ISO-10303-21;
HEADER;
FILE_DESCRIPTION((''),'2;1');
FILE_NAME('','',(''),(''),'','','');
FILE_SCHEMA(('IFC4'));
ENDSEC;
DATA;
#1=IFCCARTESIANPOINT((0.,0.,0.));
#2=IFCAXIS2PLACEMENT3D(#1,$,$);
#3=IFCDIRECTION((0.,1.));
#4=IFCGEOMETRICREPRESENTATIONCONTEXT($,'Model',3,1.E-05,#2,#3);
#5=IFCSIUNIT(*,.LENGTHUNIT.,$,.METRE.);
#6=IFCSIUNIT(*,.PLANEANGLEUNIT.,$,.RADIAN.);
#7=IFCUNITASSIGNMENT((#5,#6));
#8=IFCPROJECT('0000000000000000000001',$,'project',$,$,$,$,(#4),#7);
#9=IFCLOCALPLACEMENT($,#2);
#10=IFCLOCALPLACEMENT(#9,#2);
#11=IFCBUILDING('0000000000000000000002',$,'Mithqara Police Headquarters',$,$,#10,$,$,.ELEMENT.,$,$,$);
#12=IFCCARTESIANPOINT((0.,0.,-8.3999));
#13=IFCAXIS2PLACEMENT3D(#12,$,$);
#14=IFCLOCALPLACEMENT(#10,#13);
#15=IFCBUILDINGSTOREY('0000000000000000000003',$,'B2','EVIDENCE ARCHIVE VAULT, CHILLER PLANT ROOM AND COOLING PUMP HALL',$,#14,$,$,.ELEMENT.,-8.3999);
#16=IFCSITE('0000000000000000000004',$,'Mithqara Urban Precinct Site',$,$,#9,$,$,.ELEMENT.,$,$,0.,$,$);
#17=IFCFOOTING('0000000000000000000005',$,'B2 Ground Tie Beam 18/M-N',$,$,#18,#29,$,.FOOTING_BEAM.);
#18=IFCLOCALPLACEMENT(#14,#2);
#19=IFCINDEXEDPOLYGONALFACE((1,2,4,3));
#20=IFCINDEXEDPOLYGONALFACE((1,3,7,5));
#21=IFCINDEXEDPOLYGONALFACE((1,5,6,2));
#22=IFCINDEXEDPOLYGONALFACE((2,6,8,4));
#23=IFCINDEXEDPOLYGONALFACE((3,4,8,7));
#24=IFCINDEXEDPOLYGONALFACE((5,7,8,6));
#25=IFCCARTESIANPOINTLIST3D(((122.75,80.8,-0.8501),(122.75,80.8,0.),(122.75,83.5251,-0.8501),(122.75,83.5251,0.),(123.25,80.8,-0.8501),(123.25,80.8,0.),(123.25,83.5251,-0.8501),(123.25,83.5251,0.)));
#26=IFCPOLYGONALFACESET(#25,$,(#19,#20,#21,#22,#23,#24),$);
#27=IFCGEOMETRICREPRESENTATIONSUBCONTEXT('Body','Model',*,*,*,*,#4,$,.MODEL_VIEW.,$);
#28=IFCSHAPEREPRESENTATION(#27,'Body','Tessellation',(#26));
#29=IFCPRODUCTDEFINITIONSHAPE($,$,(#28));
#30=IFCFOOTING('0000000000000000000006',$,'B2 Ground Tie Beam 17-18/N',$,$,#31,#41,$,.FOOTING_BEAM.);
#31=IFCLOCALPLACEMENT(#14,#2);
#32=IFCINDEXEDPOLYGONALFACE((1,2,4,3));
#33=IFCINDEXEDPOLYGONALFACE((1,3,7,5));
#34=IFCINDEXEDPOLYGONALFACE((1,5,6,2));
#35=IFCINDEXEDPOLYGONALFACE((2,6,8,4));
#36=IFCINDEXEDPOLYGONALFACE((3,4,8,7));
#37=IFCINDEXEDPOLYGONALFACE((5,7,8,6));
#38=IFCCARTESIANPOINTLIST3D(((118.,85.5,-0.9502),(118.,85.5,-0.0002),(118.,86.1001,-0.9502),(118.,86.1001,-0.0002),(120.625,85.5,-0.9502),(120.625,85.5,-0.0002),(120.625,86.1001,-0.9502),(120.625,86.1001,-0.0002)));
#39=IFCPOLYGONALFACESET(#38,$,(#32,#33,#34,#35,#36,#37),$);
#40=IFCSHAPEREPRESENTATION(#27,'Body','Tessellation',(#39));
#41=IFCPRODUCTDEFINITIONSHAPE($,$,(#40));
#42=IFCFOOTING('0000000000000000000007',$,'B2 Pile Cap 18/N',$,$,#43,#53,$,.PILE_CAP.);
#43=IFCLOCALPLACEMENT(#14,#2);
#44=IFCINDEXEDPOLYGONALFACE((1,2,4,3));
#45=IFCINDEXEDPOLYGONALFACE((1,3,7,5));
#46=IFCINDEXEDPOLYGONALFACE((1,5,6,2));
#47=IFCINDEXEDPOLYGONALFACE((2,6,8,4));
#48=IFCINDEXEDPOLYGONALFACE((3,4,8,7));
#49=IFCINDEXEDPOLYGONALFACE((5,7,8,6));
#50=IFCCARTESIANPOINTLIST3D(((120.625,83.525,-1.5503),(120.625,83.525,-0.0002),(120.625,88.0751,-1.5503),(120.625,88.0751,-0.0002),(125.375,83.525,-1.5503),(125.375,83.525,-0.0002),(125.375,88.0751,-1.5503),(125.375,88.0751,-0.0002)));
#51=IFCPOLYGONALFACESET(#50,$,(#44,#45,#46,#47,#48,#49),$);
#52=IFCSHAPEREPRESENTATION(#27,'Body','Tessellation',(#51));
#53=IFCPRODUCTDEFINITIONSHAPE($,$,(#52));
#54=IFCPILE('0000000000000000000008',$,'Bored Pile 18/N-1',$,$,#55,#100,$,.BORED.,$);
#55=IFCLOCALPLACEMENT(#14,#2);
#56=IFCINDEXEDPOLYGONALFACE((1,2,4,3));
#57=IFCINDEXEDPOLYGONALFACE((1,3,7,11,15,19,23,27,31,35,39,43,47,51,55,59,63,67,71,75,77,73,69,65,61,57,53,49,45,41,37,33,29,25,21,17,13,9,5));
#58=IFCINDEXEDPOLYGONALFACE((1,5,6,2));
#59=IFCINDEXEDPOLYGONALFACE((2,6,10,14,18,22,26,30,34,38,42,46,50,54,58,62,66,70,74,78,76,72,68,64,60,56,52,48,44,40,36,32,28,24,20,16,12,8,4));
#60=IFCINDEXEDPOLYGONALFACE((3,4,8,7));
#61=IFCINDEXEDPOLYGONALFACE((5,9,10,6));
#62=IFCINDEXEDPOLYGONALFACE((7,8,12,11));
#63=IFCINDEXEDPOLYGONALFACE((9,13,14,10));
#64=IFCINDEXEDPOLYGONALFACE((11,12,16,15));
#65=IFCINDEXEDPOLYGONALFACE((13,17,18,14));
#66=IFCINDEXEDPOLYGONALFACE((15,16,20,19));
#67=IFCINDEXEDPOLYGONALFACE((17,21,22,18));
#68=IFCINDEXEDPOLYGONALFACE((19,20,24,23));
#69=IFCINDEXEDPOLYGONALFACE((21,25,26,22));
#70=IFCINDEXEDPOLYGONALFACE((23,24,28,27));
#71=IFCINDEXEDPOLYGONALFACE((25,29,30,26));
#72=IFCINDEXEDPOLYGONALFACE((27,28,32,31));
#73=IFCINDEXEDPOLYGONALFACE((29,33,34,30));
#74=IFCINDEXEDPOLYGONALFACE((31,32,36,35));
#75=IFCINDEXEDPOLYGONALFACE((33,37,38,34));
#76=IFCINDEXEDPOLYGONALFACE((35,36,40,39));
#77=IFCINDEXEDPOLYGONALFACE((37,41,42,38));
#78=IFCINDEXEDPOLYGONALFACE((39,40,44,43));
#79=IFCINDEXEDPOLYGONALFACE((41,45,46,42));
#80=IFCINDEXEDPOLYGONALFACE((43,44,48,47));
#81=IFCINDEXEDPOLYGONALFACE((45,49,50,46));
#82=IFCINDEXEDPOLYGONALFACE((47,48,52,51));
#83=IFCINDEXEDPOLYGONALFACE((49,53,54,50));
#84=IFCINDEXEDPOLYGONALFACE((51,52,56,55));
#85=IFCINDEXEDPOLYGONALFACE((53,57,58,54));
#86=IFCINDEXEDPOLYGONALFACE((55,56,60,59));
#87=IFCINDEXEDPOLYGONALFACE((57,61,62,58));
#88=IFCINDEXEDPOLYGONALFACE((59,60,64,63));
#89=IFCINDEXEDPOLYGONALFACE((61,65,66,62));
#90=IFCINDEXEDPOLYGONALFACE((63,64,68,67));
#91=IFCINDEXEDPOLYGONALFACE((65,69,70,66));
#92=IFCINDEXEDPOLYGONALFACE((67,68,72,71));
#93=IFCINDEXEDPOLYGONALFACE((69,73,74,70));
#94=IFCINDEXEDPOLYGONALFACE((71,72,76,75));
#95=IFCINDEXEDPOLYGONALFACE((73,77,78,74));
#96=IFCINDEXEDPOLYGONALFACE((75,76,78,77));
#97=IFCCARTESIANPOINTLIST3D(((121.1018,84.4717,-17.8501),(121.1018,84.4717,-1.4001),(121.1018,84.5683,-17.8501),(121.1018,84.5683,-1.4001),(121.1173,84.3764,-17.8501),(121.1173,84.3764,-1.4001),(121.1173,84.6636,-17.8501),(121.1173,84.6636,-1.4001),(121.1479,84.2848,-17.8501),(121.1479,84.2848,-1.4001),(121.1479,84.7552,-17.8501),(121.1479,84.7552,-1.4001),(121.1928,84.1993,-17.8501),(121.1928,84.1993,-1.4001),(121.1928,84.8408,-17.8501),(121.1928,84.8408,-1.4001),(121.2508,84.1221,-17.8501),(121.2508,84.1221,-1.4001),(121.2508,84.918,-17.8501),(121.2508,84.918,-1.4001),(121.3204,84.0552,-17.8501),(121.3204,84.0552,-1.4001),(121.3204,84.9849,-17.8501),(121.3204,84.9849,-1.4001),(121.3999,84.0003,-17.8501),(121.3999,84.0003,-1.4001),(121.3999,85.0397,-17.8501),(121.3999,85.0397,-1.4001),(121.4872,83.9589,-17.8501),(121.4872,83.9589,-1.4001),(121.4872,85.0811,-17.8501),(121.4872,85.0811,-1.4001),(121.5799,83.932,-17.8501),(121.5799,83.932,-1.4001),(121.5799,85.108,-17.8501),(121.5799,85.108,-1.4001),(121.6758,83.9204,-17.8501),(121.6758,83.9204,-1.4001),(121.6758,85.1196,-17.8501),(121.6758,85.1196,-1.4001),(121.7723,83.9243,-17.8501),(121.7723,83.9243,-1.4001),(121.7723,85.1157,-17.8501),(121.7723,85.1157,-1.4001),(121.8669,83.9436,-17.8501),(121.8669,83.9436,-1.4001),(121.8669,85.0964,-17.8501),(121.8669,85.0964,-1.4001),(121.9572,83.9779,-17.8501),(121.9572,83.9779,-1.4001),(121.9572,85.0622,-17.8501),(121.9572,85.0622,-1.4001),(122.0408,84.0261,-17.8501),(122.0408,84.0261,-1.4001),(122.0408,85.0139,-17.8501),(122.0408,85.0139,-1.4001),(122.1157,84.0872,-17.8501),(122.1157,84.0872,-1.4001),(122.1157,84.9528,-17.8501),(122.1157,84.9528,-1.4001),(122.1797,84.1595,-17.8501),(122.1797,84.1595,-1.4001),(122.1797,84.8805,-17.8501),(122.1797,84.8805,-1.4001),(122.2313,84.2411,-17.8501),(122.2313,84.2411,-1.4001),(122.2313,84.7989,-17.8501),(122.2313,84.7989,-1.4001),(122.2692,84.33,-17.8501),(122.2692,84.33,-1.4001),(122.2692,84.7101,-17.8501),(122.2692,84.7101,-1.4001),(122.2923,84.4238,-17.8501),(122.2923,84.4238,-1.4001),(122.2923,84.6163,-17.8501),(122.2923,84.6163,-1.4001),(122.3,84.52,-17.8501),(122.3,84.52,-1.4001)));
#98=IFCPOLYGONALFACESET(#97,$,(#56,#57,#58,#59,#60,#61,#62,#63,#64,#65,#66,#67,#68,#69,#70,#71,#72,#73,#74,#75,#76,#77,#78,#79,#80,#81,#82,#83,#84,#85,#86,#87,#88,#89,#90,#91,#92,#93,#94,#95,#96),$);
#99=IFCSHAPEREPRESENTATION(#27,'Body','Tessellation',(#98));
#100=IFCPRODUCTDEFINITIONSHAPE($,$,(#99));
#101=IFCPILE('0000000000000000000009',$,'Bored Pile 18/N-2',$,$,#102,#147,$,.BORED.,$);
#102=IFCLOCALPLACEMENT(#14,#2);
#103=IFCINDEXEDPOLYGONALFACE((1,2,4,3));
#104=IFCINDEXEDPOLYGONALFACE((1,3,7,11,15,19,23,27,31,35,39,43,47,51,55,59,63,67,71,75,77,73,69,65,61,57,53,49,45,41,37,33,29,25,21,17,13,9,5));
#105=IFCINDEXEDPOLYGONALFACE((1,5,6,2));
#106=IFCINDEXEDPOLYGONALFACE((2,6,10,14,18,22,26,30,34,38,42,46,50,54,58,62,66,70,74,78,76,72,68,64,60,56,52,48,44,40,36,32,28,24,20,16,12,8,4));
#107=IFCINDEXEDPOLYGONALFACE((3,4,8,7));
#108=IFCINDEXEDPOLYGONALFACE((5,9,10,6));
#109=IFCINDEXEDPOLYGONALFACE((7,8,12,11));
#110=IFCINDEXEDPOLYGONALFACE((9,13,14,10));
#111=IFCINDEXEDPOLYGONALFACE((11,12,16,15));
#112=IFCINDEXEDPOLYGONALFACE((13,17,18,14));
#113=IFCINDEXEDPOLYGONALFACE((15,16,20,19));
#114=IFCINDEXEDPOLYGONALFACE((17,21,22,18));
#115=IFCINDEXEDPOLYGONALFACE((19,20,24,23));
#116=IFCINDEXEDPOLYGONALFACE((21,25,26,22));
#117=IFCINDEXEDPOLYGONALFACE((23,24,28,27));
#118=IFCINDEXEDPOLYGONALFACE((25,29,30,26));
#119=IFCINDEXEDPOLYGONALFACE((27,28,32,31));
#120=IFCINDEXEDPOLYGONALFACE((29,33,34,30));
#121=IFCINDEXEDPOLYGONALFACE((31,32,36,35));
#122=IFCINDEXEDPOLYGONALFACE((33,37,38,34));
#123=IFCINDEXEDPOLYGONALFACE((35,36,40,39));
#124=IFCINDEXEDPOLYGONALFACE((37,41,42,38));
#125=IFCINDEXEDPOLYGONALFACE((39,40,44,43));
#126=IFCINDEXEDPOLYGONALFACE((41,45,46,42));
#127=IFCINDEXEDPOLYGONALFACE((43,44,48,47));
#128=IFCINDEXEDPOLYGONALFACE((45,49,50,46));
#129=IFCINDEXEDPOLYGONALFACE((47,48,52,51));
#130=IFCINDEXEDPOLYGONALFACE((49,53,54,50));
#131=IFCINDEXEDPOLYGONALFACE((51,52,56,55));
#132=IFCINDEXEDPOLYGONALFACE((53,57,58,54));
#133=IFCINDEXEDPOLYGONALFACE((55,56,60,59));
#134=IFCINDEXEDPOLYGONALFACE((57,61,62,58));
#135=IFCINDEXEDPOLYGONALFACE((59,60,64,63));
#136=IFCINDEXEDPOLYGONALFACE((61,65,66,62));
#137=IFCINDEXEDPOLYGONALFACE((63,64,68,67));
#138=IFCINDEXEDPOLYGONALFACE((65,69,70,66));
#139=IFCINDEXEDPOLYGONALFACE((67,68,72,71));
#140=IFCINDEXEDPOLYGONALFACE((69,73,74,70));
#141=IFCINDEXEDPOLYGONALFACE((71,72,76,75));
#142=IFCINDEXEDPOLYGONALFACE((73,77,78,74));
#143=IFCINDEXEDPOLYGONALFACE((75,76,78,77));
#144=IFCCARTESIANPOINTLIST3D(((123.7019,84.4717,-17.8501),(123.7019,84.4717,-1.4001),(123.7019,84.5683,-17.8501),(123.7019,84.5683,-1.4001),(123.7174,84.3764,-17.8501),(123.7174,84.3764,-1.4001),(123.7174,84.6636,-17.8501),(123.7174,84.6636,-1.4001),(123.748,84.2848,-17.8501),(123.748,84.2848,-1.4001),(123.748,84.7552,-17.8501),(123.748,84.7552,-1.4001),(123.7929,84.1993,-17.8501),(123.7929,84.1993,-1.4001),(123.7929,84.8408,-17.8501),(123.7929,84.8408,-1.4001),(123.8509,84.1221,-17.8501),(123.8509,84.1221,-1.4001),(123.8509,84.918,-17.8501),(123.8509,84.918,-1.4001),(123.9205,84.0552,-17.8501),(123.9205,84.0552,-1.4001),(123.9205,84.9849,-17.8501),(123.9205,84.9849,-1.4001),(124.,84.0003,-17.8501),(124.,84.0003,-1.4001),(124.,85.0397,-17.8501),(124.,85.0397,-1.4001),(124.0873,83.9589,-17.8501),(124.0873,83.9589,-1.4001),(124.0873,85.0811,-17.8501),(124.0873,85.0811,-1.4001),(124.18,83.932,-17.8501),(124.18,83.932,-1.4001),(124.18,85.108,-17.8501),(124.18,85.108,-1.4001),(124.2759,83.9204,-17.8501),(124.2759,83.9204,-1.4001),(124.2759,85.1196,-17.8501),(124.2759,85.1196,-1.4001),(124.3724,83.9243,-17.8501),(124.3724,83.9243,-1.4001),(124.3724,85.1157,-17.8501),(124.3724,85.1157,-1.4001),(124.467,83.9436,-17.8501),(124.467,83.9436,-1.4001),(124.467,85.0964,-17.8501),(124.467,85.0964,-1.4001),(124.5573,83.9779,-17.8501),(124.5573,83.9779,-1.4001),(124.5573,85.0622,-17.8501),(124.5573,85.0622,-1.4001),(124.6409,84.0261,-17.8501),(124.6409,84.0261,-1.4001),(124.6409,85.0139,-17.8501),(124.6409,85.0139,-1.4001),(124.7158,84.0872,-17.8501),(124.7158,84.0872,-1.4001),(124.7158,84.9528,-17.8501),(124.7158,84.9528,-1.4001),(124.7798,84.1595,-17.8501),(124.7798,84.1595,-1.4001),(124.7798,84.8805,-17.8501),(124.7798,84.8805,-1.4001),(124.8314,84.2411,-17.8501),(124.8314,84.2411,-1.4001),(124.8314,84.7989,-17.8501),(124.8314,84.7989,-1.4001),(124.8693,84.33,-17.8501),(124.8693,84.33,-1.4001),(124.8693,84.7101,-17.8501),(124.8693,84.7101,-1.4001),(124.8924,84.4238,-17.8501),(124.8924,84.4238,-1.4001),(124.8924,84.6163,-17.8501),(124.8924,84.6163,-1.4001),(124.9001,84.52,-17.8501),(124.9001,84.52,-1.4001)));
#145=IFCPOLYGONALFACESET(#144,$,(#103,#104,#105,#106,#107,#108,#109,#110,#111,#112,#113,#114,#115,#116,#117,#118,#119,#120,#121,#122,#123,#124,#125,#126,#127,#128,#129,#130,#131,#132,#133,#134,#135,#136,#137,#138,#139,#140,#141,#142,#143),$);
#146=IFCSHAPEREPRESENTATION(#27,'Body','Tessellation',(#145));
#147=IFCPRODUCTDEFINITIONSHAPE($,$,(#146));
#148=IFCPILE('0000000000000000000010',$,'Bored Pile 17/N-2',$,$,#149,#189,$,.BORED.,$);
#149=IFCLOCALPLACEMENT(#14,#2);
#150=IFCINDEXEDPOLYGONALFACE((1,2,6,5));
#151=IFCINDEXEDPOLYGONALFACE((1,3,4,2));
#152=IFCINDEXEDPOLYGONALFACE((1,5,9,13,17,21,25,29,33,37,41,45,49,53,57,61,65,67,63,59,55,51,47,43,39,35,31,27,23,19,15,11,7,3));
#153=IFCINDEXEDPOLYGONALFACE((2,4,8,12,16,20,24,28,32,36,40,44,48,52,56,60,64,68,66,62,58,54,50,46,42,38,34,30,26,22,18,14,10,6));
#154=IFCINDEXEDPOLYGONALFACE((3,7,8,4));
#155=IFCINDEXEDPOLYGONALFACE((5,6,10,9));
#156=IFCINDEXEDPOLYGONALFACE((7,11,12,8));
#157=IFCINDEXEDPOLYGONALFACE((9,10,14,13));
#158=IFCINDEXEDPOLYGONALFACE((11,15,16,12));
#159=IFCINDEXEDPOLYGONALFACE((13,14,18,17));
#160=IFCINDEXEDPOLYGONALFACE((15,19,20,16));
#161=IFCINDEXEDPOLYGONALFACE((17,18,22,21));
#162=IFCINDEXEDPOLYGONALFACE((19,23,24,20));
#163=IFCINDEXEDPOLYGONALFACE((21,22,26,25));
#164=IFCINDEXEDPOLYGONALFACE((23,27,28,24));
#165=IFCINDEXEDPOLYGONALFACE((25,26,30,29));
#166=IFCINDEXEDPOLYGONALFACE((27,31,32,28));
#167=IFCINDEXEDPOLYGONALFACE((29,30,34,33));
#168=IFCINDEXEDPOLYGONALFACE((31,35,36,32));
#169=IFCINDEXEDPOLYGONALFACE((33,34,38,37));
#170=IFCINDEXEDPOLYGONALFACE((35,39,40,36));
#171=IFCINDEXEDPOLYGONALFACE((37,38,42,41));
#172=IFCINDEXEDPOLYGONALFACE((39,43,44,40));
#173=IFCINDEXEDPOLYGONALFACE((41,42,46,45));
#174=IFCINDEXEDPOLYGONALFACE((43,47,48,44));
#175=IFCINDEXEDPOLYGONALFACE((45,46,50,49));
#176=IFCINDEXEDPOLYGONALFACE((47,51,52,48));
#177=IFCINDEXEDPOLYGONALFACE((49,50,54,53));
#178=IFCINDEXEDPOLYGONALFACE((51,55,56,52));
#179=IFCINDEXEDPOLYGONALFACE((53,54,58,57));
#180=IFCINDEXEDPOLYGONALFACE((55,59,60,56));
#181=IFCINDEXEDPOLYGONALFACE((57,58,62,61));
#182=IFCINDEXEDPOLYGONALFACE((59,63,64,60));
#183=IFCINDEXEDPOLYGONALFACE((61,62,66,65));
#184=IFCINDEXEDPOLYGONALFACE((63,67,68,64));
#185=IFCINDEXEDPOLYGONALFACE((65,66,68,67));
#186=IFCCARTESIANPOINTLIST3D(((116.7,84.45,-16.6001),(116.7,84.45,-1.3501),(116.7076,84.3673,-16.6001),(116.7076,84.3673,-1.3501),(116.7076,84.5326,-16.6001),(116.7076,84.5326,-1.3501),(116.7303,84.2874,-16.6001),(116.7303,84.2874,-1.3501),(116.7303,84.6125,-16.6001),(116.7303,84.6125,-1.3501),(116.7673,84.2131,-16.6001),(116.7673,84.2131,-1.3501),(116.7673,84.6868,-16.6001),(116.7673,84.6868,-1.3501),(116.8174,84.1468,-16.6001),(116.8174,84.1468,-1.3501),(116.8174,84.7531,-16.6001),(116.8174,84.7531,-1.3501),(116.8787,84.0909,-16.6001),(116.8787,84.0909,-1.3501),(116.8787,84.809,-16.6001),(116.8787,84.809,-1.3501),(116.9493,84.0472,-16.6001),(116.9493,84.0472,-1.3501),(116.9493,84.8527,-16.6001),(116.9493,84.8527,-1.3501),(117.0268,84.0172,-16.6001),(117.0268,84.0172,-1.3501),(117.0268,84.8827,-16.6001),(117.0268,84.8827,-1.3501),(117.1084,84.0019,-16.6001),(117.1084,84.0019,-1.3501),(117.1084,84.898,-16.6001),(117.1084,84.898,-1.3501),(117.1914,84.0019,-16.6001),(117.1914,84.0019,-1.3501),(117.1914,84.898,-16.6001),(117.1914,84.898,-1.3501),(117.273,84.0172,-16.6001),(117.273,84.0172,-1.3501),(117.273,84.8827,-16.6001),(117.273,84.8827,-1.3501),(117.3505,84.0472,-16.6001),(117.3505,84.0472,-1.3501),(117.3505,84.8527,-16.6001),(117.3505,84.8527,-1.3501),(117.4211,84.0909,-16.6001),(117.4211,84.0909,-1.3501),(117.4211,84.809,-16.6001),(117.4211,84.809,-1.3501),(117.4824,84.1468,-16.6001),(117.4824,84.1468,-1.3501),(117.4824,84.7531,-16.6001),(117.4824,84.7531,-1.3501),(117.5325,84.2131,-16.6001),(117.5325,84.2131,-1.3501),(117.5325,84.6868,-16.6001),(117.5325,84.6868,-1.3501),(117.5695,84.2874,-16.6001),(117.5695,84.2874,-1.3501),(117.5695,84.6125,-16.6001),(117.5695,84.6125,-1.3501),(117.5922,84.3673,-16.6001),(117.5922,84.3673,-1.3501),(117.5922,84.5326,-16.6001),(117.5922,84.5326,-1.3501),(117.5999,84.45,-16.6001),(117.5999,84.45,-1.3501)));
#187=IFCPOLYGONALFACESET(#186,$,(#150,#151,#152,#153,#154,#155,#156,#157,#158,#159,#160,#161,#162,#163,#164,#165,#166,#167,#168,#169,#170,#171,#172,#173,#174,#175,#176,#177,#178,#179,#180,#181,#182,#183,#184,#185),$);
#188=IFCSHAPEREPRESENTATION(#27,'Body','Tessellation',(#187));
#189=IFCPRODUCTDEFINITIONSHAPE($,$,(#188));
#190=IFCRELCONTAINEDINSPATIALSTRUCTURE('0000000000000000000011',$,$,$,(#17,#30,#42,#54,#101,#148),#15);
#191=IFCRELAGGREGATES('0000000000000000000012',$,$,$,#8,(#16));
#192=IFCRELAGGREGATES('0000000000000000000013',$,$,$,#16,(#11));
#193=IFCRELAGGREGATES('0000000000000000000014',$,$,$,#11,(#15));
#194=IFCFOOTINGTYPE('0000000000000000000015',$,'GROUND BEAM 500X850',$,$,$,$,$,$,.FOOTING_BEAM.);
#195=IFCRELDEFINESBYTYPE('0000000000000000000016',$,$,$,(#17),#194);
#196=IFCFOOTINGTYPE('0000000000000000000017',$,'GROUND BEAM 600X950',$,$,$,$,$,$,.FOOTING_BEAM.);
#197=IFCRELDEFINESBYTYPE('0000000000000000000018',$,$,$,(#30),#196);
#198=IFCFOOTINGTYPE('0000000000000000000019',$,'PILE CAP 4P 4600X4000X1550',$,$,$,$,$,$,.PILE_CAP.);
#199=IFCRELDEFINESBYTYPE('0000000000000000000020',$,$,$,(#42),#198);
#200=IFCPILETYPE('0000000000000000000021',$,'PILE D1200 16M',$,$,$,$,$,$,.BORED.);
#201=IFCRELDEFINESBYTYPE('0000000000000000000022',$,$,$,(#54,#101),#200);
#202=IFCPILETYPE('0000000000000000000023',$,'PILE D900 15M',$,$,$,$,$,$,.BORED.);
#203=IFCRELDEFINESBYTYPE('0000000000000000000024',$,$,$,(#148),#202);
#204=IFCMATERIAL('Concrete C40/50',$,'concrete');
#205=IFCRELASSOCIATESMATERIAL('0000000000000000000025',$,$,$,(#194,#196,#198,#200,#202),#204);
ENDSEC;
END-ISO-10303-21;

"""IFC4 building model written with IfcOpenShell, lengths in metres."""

from ifc_helpers import new_model, si_unit, direction, frame, origin, origin_2d, place, context, subcontext, project, spatial, rectangle, circle, extrude, material, material_profile, profile_set, type_object, element, save


model = new_model("IFC4")

# Units and contexts
model_context = context("Model", 3, precision=1e-05, world=origin(), true_north=direction((0.0, 1.0)))
body_context = subcontext(model_context, "Body", "Model", "MODEL_VIEW")
ifc_project = project(units=[si_unit("LENGTHUNIT", "METRE"), si_unit("PLANEANGLEUNIT", "RADIAN")], contexts=[model_context])

# Site, building, storey
site_placement = place(None, origin())
site = spatial("IfcSite", under=ifc_project, at=site_placement, Name="Mithqara Urban Precinct Site", CompositionType="ELEMENT", RefElevation=0.0)
building_placement = place(site_placement, origin())
building = spatial("IfcBuilding", under=site, at=building_placement, Name="Mithqara Police Headquarters", CompositionType="ELEMENT")
storey_placement = place(building_placement, frame((0.0, 0.0, -8.3999)))
storey = spatial("IfcBuildingStorey", under=building, at=storey_placement, Name="B2", Description="EVIDENCE ARCHIVE VAULT, CHILLER PLANT ROOM AND COOLING PUMP HALL", CompositionType="ELEMENT", Elevation=-8.3999)

# Footings
ifc_material_1 = material(Name="Concrete C40/50", Category="concrete")
footing_type_1 = type_object("IfcFootingType", Name="GROUND BEAM 500X850", PredefinedType="FOOTING_BEAM", material=ifc_material_1)
footing_1_placement = place(storey_placement, frame((123.0, 82.1626, -0.8501), z_axis=(0.0, 0.0, 1.0), x_axis=(1.0, 0.0, 0.0)))
element("IfcFooting", 1, at=footing_1_placement, inside=storey, type_object=footing_type_1, Name="B2 Ground Tie Beam 18/M-N", PredefinedType="FOOTING_BEAM", context=body_context, shape_type="SweptSolid", body=[
    extrude(rectangle(XDim=0.5, YDim=2.7251, at=origin_2d()), origin(), (0.0, 0.0, 1.0), 0.8501),
])
footing_type_2 = type_object("IfcFootingType", Name="GROUND BEAM 600X950", PredefinedType="FOOTING_BEAM", material=ifc_material_1)
footing_2_placement = place(storey_placement, frame((119.3125, 85.8, -0.9502), z_axis=(0.0, 0.0, 1.0), x_axis=(1.0, 0.0, 0.0)))
element("IfcFooting", 2, at=footing_2_placement, inside=storey, type_object=footing_type_2, Name="B2 Ground Tie Beam 17-18/N", PredefinedType="FOOTING_BEAM", context=body_context, shape_type="SweptSolid", body=[
    extrude(rectangle(XDim=2.625, YDim=0.6001, at=origin_2d()), origin(), (0.0, 0.0, 1.0), 0.95),
])
footing_type_3 = type_object("IfcFootingType", Name="PILE CAP 4P 4600X4000X1550", PredefinedType="PILE_CAP", material=ifc_material_1)
footing_3_placement = place(storey_placement, frame((123.0, 85.8, -1.5503), z_axis=(0.0, 0.0, 1.0), x_axis=(1.0, 0.0, 0.0)))
element("IfcFooting", 3, at=footing_3_placement, inside=storey, type_object=footing_type_3, Name="B2 Pile Cap 18/N", PredefinedType="PILE_CAP", context=body_context, shape_type="SweptSolid", body=[
    extrude(rectangle(XDim=4.75, YDim=4.55, at=origin_2d()), origin(), (0.0, 0.0, 1.0), 1.55),
])

# Piles
ifc_material_profile_1 = material_profile(ifc_material_1, circle(Radius=0.6001, at=origin_2d()), Name="PILE D1200")
ifc_profile_set_1 = profile_set([ifc_material_profile_1], Name="Concrete C40/50")
pile_type_1 = type_object("IfcPileType", Name="PILE D1200 16M", PredefinedType="BORED", material=ifc_profile_set_1)
for number, where, z_axis, x_axis, name in (
    (4, (121.7, 84.52, -1.4001), (0.0, 0.0, -1.0), (1.0, 0.0, 0.0), "Bored Pile 18/N-1"),
    (5, (124.3, 84.52, -1.4001), (0.0, 0.0, -1.0), (1.0, 0.0, 0.0), "Bored Pile 18/N-2"),
):
    element("IfcPile", number, at=place(storey_placement, frame(where, z_axis=z_axis, x_axis=x_axis)), inside=storey, type_object=pile_type_1, Name=name, PredefinedType="BORED", context=body_context, shape_type="SweptSolid", body=[
        extrude(circle(Radius=0.6001, at=origin_2d()), origin(), (0.0, 0.0, 1.0), 16.45),
    ])
ifc_material_profile_2 = material_profile(ifc_material_1, circle(Radius=0.45, at=origin_2d()), Name="PILE D900")
ifc_profile_set_2 = profile_set([ifc_material_profile_2], Name="Concrete C40/50")
pile_type_2 = type_object("IfcPileType", Name="PILE D900 15M", PredefinedType="BORED", material=ifc_profile_set_2)
pile_placement = place(storey_placement, frame((117.1499, 84.45, -1.3501), z_axis=(0.0, 0.0, -1.0), x_axis=(1.0, 0.0, 0.0)))
element("IfcPile", 6, at=pile_placement, inside=storey, type_object=pile_type_2, Name="Bored Pile 17/N-2", PredefinedType="BORED", context=body_context, shape_type="SweptSolid", body=[
    extrude(circle(Radius=0.45, at=origin_2d()), origin(), (0.0, 0.0, 1.0), 15.25),
])

save(model, "model.ifc")
